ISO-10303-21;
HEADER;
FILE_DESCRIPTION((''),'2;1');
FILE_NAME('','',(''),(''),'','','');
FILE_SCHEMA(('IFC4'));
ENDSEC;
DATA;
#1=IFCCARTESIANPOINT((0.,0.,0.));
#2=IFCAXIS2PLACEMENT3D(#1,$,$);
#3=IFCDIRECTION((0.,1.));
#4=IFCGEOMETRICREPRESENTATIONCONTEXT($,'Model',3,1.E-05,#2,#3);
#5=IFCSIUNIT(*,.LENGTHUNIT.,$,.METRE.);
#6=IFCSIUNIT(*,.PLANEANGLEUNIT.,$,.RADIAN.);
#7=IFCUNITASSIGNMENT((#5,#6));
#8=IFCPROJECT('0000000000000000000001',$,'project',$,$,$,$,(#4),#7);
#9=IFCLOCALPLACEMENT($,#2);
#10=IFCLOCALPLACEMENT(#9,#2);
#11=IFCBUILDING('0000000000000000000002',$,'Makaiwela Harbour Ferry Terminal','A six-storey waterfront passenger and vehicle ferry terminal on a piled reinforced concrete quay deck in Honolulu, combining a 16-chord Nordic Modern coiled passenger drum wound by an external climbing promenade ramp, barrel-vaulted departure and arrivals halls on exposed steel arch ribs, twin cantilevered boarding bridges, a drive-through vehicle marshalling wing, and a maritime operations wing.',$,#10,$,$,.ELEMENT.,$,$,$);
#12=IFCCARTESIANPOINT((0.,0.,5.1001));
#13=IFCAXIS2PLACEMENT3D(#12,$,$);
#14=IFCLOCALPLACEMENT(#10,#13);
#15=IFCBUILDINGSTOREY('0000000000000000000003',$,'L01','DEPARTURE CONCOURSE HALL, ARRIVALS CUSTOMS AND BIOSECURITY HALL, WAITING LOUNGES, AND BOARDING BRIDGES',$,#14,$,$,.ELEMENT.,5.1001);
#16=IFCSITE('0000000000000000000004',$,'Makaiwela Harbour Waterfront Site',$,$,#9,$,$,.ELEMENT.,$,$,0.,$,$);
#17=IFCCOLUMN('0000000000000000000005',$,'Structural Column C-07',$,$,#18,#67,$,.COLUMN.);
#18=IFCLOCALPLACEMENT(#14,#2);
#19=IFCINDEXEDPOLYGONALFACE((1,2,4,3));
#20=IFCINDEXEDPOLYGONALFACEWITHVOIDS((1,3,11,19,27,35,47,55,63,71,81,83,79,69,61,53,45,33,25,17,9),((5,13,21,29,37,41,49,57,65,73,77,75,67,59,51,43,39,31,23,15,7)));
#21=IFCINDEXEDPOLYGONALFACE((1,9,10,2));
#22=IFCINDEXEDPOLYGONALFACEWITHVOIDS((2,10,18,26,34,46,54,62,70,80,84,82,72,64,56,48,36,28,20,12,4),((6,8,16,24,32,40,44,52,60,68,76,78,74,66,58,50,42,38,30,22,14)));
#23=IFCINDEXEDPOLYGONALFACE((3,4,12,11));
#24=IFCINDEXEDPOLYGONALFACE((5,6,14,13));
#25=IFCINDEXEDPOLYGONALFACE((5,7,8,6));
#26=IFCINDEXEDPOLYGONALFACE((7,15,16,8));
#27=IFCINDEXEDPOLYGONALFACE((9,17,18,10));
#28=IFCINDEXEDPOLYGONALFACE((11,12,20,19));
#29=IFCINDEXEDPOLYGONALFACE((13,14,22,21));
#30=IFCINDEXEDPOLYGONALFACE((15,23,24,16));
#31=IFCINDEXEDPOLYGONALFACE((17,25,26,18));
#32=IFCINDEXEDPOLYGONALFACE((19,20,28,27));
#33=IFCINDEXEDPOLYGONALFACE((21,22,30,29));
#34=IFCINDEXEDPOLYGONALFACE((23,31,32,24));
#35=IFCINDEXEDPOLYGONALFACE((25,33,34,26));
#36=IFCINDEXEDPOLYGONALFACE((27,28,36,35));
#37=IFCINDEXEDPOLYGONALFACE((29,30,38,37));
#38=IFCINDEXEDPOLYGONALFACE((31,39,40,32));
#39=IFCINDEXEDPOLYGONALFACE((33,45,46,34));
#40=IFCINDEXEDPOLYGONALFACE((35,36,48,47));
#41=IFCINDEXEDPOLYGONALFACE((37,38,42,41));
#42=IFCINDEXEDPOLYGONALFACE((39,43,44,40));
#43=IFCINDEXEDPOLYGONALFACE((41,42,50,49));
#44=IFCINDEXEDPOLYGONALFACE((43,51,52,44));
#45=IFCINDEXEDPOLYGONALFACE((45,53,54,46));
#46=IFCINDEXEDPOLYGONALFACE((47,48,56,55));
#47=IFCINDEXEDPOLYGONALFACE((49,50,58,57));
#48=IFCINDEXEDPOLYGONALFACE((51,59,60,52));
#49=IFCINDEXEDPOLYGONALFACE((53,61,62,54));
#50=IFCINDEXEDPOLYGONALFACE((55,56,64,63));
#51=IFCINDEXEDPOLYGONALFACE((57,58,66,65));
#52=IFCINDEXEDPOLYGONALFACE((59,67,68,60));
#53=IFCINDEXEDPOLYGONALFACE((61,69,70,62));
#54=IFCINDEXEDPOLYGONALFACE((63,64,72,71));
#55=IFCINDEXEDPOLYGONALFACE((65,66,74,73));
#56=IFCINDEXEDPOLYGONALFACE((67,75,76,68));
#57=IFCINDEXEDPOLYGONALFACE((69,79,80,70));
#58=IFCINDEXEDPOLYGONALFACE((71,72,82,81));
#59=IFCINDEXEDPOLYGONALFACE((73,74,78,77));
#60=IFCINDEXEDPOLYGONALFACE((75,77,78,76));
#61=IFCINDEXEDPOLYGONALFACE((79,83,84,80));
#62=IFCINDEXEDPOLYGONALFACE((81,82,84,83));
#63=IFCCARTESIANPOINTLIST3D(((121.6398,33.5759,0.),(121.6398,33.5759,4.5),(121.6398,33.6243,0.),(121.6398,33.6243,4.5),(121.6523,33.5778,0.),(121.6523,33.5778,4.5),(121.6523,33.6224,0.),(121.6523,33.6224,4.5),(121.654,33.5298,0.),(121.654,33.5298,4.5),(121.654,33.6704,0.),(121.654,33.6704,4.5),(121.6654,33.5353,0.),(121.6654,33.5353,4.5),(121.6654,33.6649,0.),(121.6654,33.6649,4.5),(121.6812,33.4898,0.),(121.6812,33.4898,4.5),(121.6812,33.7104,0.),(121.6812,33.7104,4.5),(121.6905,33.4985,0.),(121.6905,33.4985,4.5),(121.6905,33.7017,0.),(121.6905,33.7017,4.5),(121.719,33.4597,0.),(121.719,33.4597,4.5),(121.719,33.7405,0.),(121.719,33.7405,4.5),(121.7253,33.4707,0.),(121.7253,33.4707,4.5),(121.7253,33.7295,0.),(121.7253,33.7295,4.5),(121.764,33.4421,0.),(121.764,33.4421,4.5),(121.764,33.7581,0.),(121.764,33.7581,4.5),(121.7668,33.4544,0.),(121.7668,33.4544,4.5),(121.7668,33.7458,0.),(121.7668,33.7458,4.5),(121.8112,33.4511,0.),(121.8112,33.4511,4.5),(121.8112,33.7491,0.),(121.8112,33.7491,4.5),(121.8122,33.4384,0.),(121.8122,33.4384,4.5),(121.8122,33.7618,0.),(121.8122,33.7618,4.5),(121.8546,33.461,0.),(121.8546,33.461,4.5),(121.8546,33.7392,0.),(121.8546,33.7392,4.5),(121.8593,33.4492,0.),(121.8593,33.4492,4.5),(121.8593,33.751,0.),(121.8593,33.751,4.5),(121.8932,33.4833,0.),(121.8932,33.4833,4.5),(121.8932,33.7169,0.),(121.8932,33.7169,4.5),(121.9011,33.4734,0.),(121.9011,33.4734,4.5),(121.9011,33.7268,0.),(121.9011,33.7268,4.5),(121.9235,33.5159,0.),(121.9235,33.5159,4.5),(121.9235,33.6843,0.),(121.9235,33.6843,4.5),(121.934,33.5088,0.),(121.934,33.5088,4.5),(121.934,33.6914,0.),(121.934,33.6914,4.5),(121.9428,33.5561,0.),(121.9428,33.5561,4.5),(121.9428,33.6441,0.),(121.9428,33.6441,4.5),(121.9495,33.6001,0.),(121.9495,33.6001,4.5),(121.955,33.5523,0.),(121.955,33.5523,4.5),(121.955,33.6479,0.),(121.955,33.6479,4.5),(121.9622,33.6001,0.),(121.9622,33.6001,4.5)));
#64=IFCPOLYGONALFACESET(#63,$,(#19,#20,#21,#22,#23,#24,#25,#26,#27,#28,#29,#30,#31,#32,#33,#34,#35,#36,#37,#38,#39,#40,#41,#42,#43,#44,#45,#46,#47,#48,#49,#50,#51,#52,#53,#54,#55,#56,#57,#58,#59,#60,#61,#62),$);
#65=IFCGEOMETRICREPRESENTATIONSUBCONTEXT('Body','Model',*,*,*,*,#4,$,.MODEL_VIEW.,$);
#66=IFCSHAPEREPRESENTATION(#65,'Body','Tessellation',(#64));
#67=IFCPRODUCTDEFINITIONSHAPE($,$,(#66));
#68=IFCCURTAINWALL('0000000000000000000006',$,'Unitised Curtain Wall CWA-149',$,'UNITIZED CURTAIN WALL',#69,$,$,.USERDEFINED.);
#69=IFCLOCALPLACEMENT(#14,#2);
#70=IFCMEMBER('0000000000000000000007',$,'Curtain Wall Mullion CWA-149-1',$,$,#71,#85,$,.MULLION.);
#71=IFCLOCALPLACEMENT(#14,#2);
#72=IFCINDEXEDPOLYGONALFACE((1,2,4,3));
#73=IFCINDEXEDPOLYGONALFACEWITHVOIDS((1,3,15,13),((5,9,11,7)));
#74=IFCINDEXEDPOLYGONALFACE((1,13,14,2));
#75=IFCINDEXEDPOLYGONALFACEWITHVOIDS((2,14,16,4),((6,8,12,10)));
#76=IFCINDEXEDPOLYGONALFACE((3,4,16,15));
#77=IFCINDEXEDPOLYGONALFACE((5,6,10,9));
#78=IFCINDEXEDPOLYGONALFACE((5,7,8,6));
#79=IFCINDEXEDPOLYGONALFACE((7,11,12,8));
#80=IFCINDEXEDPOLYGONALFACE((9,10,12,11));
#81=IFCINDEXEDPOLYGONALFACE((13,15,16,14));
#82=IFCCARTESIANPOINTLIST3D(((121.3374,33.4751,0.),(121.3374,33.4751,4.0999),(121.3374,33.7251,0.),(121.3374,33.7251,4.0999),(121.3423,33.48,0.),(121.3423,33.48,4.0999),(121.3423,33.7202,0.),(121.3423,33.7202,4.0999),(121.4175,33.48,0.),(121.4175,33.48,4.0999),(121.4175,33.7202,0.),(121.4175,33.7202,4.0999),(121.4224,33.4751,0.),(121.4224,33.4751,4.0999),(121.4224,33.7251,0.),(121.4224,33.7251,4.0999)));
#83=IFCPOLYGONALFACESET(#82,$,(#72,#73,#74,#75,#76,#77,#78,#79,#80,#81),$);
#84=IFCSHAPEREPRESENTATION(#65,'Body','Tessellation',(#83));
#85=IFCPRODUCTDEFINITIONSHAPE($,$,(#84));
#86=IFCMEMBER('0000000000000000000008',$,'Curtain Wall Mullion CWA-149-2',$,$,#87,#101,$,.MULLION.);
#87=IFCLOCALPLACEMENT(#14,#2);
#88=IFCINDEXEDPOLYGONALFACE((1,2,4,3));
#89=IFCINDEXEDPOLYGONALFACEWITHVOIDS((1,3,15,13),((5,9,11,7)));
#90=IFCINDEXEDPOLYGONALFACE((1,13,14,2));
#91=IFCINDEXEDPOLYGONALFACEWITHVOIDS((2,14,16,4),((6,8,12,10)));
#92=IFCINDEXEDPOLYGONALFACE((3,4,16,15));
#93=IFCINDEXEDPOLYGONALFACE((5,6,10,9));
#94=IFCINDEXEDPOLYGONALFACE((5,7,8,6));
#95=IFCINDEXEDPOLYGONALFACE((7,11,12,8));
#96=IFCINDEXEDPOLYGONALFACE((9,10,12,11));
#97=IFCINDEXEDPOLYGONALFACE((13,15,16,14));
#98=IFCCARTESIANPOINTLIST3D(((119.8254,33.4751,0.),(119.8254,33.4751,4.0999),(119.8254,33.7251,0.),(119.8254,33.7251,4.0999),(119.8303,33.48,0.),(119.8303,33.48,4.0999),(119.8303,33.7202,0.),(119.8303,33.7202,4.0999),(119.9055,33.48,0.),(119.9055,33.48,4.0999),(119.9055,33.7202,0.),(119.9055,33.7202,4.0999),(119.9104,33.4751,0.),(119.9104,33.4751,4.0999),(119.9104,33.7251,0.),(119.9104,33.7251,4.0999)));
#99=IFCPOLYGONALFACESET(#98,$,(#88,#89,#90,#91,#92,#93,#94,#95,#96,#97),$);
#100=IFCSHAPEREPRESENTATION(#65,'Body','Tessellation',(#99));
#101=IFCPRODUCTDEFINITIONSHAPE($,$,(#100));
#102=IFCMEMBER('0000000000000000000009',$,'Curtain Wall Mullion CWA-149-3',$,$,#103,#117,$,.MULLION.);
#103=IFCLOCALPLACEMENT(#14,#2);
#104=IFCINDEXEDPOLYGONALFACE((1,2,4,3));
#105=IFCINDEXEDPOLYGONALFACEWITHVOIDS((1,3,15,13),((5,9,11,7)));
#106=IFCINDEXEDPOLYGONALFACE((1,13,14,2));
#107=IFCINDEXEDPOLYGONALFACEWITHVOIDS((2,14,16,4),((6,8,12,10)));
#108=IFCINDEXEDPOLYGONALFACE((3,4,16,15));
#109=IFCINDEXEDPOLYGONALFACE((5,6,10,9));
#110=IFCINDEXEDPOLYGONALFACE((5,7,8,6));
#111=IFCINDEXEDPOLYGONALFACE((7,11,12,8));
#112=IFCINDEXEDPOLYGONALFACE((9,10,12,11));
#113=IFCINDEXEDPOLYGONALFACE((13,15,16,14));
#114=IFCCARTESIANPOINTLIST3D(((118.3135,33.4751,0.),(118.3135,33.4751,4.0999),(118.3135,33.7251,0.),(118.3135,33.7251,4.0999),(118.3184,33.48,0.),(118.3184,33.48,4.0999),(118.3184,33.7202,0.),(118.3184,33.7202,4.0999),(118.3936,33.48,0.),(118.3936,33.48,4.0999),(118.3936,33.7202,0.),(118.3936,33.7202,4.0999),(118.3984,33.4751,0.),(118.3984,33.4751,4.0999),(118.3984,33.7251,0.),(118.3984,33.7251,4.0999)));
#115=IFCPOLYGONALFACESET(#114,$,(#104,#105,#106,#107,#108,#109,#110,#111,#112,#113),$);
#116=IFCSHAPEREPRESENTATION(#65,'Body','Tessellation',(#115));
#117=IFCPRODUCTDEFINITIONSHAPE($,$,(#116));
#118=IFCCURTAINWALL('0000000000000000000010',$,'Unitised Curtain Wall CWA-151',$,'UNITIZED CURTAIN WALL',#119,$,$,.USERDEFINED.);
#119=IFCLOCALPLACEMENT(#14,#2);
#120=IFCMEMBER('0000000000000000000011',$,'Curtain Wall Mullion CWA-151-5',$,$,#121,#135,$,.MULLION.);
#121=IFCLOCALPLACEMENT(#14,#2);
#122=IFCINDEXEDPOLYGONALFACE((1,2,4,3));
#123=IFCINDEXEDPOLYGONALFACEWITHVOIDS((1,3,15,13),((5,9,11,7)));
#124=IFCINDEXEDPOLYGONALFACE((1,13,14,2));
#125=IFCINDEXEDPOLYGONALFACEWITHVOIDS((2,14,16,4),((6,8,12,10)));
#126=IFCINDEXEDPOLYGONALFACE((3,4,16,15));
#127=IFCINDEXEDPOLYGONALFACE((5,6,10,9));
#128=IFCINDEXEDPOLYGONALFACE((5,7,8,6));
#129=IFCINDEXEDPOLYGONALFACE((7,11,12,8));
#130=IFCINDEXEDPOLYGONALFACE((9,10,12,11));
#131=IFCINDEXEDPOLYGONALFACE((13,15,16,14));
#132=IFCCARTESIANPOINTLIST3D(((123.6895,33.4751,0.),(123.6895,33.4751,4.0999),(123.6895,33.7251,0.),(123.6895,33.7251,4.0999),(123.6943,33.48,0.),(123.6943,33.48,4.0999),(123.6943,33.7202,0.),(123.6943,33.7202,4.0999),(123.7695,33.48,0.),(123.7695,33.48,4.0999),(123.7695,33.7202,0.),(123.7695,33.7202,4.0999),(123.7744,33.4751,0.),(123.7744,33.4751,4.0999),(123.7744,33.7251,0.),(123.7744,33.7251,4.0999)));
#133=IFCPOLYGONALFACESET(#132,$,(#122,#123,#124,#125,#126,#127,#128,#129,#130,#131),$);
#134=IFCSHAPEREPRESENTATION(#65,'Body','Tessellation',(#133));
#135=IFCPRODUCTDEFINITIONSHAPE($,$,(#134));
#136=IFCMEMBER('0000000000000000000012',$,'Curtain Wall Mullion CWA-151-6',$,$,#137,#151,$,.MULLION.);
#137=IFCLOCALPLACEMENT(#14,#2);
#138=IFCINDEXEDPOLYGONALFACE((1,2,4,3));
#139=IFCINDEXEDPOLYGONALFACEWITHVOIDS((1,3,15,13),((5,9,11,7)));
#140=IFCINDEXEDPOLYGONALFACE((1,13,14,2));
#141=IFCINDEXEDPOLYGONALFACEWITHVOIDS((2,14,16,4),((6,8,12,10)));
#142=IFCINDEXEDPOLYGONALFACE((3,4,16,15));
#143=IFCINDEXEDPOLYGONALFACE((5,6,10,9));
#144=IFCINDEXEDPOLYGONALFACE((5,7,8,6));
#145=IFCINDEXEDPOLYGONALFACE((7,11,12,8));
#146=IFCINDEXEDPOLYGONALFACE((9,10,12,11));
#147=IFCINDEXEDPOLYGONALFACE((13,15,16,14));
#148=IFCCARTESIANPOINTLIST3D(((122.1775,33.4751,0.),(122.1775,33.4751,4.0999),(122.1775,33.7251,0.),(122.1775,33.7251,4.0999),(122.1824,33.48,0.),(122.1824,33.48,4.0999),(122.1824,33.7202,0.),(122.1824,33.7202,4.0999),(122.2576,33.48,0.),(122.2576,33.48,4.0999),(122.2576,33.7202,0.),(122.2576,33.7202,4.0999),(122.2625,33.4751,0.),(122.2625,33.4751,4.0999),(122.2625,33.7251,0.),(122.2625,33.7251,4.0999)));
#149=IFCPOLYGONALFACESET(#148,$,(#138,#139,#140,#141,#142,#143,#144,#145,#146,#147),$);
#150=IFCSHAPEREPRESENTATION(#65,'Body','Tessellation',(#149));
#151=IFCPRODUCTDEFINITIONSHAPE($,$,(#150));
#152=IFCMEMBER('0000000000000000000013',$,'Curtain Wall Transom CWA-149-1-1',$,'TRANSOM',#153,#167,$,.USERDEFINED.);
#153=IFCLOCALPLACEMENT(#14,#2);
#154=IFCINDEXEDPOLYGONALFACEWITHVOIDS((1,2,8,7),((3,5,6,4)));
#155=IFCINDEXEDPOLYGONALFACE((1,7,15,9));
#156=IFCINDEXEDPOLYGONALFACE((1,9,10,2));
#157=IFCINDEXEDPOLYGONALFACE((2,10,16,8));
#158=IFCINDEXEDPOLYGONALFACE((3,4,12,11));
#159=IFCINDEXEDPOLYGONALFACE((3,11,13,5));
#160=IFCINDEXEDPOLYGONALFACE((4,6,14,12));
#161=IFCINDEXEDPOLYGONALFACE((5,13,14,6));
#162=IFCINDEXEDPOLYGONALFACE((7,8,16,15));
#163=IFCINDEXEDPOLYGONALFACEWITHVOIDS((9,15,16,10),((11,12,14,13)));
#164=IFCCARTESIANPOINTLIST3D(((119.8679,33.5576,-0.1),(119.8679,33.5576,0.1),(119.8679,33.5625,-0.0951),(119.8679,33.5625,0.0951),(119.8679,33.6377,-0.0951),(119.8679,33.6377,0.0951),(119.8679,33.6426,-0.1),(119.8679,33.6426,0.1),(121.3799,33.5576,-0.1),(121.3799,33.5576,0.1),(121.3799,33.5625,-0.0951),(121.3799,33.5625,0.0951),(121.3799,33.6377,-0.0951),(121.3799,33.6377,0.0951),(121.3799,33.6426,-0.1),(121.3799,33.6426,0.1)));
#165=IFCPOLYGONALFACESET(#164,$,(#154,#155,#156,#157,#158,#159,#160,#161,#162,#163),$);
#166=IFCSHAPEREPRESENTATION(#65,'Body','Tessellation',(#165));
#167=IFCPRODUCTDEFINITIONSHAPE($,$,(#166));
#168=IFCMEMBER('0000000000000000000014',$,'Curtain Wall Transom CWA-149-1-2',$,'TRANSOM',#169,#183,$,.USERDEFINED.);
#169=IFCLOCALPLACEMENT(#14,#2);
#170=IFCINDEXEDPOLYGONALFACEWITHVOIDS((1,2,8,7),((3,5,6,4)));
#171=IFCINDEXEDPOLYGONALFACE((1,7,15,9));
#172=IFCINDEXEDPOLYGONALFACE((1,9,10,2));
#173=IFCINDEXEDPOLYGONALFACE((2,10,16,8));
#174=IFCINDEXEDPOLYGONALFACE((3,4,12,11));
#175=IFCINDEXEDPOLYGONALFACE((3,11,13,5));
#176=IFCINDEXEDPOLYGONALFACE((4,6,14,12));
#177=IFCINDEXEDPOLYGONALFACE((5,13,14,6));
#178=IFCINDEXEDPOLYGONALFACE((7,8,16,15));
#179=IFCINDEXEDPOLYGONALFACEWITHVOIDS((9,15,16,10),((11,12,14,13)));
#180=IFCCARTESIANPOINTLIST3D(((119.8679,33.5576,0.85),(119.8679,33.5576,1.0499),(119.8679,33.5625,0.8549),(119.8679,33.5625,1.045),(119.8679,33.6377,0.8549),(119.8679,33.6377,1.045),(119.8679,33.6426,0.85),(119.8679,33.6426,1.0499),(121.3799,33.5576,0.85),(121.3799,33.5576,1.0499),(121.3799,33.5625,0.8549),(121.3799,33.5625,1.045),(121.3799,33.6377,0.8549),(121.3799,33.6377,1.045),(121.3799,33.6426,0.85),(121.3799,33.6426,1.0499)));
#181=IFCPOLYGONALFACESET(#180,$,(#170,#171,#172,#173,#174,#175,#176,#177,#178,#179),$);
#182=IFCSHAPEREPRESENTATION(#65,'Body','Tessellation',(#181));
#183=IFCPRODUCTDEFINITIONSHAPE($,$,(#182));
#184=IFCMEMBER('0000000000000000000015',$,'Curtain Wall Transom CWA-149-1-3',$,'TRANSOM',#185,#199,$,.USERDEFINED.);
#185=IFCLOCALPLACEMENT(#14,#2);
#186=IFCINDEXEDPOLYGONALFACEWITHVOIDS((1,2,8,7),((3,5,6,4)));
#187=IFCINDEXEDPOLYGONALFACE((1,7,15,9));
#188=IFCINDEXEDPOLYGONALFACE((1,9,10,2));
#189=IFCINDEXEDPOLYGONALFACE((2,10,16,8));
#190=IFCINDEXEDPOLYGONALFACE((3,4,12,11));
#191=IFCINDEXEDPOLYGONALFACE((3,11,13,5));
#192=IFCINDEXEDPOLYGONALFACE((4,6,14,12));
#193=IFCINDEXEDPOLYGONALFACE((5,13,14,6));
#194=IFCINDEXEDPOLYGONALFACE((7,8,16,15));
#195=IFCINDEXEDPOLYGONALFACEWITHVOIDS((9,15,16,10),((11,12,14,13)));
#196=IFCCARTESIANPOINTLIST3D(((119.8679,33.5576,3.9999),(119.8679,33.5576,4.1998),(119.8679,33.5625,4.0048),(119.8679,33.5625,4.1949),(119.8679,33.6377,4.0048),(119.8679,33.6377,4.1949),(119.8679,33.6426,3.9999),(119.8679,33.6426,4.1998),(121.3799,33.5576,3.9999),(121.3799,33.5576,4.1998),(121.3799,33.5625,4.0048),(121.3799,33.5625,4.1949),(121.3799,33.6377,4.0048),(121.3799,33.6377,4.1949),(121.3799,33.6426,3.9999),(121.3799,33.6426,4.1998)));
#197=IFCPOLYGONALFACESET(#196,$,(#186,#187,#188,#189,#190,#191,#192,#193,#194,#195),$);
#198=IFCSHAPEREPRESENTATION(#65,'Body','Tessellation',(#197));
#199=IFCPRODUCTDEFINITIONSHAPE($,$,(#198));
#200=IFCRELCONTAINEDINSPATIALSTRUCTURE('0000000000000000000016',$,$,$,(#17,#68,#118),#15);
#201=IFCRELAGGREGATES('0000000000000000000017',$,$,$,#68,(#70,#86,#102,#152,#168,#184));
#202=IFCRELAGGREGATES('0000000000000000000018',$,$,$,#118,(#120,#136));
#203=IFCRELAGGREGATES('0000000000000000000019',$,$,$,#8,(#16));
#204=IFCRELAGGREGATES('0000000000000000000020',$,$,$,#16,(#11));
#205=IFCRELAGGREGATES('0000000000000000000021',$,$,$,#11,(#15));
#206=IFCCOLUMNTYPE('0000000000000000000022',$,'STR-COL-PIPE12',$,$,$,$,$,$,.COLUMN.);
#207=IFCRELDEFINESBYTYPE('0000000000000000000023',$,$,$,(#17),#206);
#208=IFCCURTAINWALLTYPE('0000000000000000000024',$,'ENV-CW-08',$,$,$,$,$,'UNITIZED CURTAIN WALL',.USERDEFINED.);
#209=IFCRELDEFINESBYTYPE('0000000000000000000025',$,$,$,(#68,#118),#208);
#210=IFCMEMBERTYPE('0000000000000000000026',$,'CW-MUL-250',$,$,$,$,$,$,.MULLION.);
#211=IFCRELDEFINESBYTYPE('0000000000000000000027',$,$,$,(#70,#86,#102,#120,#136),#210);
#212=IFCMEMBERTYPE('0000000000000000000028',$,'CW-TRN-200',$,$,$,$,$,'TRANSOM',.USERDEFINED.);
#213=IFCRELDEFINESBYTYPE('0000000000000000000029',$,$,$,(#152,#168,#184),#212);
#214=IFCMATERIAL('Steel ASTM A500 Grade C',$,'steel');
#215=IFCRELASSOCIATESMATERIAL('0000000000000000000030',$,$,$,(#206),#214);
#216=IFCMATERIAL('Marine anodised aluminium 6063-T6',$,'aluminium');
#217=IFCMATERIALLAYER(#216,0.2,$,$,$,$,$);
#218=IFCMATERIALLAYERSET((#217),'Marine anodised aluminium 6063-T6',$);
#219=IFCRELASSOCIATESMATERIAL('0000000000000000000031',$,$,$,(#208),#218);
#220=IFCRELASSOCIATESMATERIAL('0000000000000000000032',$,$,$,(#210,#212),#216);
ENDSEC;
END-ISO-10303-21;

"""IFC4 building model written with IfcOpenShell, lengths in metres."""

from ifc_helpers import new_model, si_unit, direction, frame, origin, origin_2d, place, context, subcontext, project, spatial, hollow_rectangle, hollow_circle, extrude, material, layer, layer_set, material_profile, profile_set, type_object, element, aggregate, save


model = new_model("IFC4")

# Units and contexts
model_context = context("Model", 3, precision=1e-05, world=origin(), true_north=direction((0.0, 1.0)))
body_context = subcontext(model_context, "Body", "Model", "MODEL_VIEW")
ifc_project = project(units=[si_unit("LENGTHUNIT", "METRE"), si_unit("PLANEANGLEUNIT", "RADIAN")], contexts=[model_context])

# Site, building, storey
site_placement = place(None, origin())
site = spatial("IfcSite", under=ifc_project, at=site_placement, Name="Makaiwela Harbour Waterfront Site", CompositionType="ELEMENT", RefElevation=0.0)
building_placement = place(site_placement, origin())
building = spatial("IfcBuilding", under=site, at=building_placement, Name="Makaiwela Harbour Ferry Terminal", Description="A six-storey waterfront passenger and vehicle ferry terminal on a piled reinforced concrete quay deck in Honolulu, combining a 16-chord Nordic Modern coiled passenger drum wound by an external climbing promenade ramp, barrel-vaulted departure and arrivals halls on exposed steel arch ribs, twin cantilevered boarding bridges, a drive-through vehicle marshalling wing, and a maritime operations wing.", CompositionType="ELEMENT")
storey_placement = place(building_placement, frame((0.0, 0.0, 5.1001)))
storey = spatial("IfcBuildingStorey", under=building, at=storey_placement, Name="L01", Description="DEPARTURE CONCOURSE HALL, ARRIVALS CUSTOMS AND BIOSECURITY HALL, WAITING LOUNGES, AND BOARDING BRIDGES", CompositionType="ELEMENT", Elevation=5.1001)

# Column
ifc_material_1 = material(Name="Steel ASTM A500 Grade C", Category="steel")
ifc_material_profile_1 = material_profile(ifc_material_1, hollow_circle(Radius=0.1621, WallThickness=0.0127, at=origin_2d()), Name="PIPE12XS")
ifc_profile_set_1 = profile_set([ifc_material_profile_1], Name="Steel ASTM A500 Grade C")
column_type = type_object("IfcColumnType", Name="STR-COL-PIPE12", PredefinedType="COLUMN", material=ifc_profile_set_1)
column_placement = place(storey_placement, frame((121.8, 33.6001, 0.0), z_axis=(0.0, 0.0, 1.0), x_axis=(1.0, 0.0, 0.0)))
element("IfcColumn", 1, at=column_placement, inside=storey, type_object=column_type, Name="Structural Column C-07", PredefinedType="COLUMN", context=body_context, shape_type="SweptSolid", body=[
    extrude(hollow_circle(Radius=0.1621, WallThickness=0.0127, at=origin_2d()), origin(), (0.0, 0.0, 1.0), 4.5),
])

# Curtain walls, members
ifc_material_2 = material(Name="Marine anodised aluminium 6063-T6", Category="aluminium")
ifc_layer_1 = layer(ifc_material_2, 0.2)
ifc_layer_set_1 = layer_set([ifc_layer_1], Name="Marine anodised aluminium 6063-T6")
curtain_wall_type = type_object("IfcCurtainWallType", Name="ENV-CW-08", ElementType="UNITIZED CURTAIN WALL", PredefinedType="USERDEFINED", material=ifc_layer_set_1)
curtain_wall_1_placement = place(storey_placement, origin())
curtain_wall_1 = element("IfcCurtainWall", 2, at=curtain_wall_1_placement, inside=storey, type_object=curtain_wall_type, Name="Unitised Curtain Wall CWA-149", ObjectType="UNITIZED CURTAIN WALL", PredefinedType="USERDEFINED")
ifc_material_profile_2 = material_profile(ifc_material_2, hollow_rectangle(XDim=0.085, YDim=0.25, WallThickness=0.0049, at=origin_2d()), Name="CWM-250X85")
ifc_profile_set_2 = profile_set([ifc_material_profile_2], Name="Marine anodised aluminium 6063-T6")
member_type_1 = type_object("IfcMemberType", Name="CW-MUL-250", PredefinedType="MULLION", material=ifc_profile_set_2)
member_1_placement = place(storey_placement, frame((121.3799, 33.6001, 0.0), z_axis=(0.0, 0.0, 1.0), x_axis=(1.0, 0.0, 0.0)))
member_1 = element("IfcMember", 3, at=member_1_placement, type_object=member_type_1, Name="Curtain Wall Mullion CWA-149-1", PredefinedType="MULLION", context=body_context, shape_type="SweptSolid", body=[
    extrude(hollow_rectangle(XDim=0.085, YDim=0.25, WallThickness=0.0049, at=origin_2d()), origin(), (0.0, 0.0, 1.0), 4.0999),
])
member_2_placement = place(storey_placement, frame((119.8679, 33.6001, 0.0), z_axis=(0.0, 0.0, 1.0), x_axis=(1.0, 0.0, 0.0)))
member_2 = element("IfcMember", 4, at=member_2_placement, type_object=member_type_1, Name="Curtain Wall Mullion CWA-149-2", PredefinedType="MULLION", context=body_context, shape_type="SweptSolid", body=[
    extrude(hollow_rectangle(XDim=0.085, YDim=0.25, WallThickness=0.0049, at=origin_2d()), origin(), (0.0, 0.0, 1.0), 4.0999),
])
member_3_placement = place(storey_placement, frame((118.356, 33.6001, 0.0), z_axis=(0.0, 0.0, 1.0), x_axis=(1.0, 0.0, 0.0)))
member_3 = element("IfcMember", 5, at=member_3_placement, type_object=member_type_1, Name="Curtain Wall Mullion CWA-149-3", PredefinedType="MULLION", context=body_context, shape_type="SweptSolid", body=[
    extrude(hollow_rectangle(XDim=0.085, YDim=0.25, WallThickness=0.0049, at=origin_2d()), origin(), (0.0, 0.0, 1.0), 4.0999),
])
curtain_wall_2_placement = place(storey_placement, origin())
curtain_wall_2 = element("IfcCurtainWall", 6, at=curtain_wall_2_placement, inside=storey, type_object=curtain_wall_type, Name="Unitised Curtain Wall CWA-151", ObjectType="UNITIZED CURTAIN WALL", PredefinedType="USERDEFINED")
member_4_placement = place(storey_placement, frame((123.7319, 33.6001, 0.0), z_axis=(0.0, 0.0, 1.0), x_axis=(1.0, 0.0, 0.0)))
member_4 = element("IfcMember", 7, at=member_4_placement, type_object=member_type_1, Name="Curtain Wall Mullion CWA-151-5", PredefinedType="MULLION", context=body_context, shape_type="SweptSolid", body=[
    extrude(hollow_rectangle(XDim=0.085, YDim=0.25, WallThickness=0.0049, at=origin_2d()), origin(), (0.0, 0.0, 1.0), 4.0999),
])
member_5_placement = place(storey_placement, frame((122.22, 33.6001, 0.0), z_axis=(0.0, 0.0, 1.0), x_axis=(1.0, 0.0, 0.0)))
member_5 = element("IfcMember", 8, at=member_5_placement, type_object=member_type_1, Name="Curtain Wall Mullion CWA-151-6", PredefinedType="MULLION", context=body_context, shape_type="SweptSolid", body=[
    extrude(hollow_rectangle(XDim=0.085, YDim=0.25, WallThickness=0.0049, at=origin_2d()), origin(), (0.0, 0.0, 1.0), 4.0999),
])

# Members
ifc_material_profile_3 = material_profile(ifc_material_2, hollow_rectangle(XDim=0.085, YDim=0.2, WallThickness=0.0049, at=origin_2d()), Name="CWT-200X85")
ifc_profile_set_3 = profile_set([ifc_material_profile_3], Name="Marine anodised aluminium 6063-T6")
member_type_2 = type_object("IfcMemberType", Name="CW-TRN-200", ElementType="TRANSOM", PredefinedType="USERDEFINED", material=ifc_profile_set_3)
member_6_placement = place(storey_placement, frame((121.3799, 33.6001, 0.0), z_axis=(-1.0, 0.0, 0.0), x_axis=(0.0, -1.0, 0.0)))
member_6 = element("IfcMember", 9, at=member_6_placement, type_object=member_type_2, Name="Curtain Wall Transom CWA-149-1-1", ObjectType="TRANSOM", PredefinedType="USERDEFINED", context=body_context, shape_type="SweptSolid", body=[
    extrude(hollow_rectangle(XDim=0.085, YDim=0.2, WallThickness=0.0049, at=origin_2d()), origin(), (0.0, 0.0, 1.0), 1.512),
])
member_7_placement = place(storey_placement, frame((121.3799, 33.6001, 0.95), z_axis=(-1.0, 0.0, 0.0), x_axis=(0.0, -1.0, 0.0)))
member_7 = element("IfcMember", 10, at=member_7_placement, type_object=member_type_2, Name="Curtain Wall Transom CWA-149-1-2", ObjectType="TRANSOM", PredefinedType="USERDEFINED", context=body_context, shape_type="SweptSolid", body=[
    extrude(hollow_rectangle(XDim=0.085, YDim=0.2, WallThickness=0.0049, at=origin_2d()), origin(), (0.0, 0.0, 1.0), 1.512),
])
member_8_placement = place(storey_placement, frame((121.3799, 33.6001, 4.0999), z_axis=(-1.0, 0.0, 0.0), x_axis=(0.0, -1.0, 0.0)))
member_8 = element("IfcMember", 11, at=member_8_placement, type_object=member_type_2, Name="Curtain Wall Transom CWA-149-1-3", ObjectType="TRANSOM", PredefinedType="USERDEFINED", context=body_context, shape_type="SweptSolid", body=[
    extrude(hollow_rectangle(XDim=0.085, YDim=0.2, WallThickness=0.0049, at=origin_2d()), origin(), (0.0, 0.0, 1.0), 1.512),
])

aggregate(curtain_wall_1, [member_1, member_2, member_3, member_6, member_7, member_8])
aggregate(curtain_wall_2, [member_4, member_5])

save(model, "model.ifc")
